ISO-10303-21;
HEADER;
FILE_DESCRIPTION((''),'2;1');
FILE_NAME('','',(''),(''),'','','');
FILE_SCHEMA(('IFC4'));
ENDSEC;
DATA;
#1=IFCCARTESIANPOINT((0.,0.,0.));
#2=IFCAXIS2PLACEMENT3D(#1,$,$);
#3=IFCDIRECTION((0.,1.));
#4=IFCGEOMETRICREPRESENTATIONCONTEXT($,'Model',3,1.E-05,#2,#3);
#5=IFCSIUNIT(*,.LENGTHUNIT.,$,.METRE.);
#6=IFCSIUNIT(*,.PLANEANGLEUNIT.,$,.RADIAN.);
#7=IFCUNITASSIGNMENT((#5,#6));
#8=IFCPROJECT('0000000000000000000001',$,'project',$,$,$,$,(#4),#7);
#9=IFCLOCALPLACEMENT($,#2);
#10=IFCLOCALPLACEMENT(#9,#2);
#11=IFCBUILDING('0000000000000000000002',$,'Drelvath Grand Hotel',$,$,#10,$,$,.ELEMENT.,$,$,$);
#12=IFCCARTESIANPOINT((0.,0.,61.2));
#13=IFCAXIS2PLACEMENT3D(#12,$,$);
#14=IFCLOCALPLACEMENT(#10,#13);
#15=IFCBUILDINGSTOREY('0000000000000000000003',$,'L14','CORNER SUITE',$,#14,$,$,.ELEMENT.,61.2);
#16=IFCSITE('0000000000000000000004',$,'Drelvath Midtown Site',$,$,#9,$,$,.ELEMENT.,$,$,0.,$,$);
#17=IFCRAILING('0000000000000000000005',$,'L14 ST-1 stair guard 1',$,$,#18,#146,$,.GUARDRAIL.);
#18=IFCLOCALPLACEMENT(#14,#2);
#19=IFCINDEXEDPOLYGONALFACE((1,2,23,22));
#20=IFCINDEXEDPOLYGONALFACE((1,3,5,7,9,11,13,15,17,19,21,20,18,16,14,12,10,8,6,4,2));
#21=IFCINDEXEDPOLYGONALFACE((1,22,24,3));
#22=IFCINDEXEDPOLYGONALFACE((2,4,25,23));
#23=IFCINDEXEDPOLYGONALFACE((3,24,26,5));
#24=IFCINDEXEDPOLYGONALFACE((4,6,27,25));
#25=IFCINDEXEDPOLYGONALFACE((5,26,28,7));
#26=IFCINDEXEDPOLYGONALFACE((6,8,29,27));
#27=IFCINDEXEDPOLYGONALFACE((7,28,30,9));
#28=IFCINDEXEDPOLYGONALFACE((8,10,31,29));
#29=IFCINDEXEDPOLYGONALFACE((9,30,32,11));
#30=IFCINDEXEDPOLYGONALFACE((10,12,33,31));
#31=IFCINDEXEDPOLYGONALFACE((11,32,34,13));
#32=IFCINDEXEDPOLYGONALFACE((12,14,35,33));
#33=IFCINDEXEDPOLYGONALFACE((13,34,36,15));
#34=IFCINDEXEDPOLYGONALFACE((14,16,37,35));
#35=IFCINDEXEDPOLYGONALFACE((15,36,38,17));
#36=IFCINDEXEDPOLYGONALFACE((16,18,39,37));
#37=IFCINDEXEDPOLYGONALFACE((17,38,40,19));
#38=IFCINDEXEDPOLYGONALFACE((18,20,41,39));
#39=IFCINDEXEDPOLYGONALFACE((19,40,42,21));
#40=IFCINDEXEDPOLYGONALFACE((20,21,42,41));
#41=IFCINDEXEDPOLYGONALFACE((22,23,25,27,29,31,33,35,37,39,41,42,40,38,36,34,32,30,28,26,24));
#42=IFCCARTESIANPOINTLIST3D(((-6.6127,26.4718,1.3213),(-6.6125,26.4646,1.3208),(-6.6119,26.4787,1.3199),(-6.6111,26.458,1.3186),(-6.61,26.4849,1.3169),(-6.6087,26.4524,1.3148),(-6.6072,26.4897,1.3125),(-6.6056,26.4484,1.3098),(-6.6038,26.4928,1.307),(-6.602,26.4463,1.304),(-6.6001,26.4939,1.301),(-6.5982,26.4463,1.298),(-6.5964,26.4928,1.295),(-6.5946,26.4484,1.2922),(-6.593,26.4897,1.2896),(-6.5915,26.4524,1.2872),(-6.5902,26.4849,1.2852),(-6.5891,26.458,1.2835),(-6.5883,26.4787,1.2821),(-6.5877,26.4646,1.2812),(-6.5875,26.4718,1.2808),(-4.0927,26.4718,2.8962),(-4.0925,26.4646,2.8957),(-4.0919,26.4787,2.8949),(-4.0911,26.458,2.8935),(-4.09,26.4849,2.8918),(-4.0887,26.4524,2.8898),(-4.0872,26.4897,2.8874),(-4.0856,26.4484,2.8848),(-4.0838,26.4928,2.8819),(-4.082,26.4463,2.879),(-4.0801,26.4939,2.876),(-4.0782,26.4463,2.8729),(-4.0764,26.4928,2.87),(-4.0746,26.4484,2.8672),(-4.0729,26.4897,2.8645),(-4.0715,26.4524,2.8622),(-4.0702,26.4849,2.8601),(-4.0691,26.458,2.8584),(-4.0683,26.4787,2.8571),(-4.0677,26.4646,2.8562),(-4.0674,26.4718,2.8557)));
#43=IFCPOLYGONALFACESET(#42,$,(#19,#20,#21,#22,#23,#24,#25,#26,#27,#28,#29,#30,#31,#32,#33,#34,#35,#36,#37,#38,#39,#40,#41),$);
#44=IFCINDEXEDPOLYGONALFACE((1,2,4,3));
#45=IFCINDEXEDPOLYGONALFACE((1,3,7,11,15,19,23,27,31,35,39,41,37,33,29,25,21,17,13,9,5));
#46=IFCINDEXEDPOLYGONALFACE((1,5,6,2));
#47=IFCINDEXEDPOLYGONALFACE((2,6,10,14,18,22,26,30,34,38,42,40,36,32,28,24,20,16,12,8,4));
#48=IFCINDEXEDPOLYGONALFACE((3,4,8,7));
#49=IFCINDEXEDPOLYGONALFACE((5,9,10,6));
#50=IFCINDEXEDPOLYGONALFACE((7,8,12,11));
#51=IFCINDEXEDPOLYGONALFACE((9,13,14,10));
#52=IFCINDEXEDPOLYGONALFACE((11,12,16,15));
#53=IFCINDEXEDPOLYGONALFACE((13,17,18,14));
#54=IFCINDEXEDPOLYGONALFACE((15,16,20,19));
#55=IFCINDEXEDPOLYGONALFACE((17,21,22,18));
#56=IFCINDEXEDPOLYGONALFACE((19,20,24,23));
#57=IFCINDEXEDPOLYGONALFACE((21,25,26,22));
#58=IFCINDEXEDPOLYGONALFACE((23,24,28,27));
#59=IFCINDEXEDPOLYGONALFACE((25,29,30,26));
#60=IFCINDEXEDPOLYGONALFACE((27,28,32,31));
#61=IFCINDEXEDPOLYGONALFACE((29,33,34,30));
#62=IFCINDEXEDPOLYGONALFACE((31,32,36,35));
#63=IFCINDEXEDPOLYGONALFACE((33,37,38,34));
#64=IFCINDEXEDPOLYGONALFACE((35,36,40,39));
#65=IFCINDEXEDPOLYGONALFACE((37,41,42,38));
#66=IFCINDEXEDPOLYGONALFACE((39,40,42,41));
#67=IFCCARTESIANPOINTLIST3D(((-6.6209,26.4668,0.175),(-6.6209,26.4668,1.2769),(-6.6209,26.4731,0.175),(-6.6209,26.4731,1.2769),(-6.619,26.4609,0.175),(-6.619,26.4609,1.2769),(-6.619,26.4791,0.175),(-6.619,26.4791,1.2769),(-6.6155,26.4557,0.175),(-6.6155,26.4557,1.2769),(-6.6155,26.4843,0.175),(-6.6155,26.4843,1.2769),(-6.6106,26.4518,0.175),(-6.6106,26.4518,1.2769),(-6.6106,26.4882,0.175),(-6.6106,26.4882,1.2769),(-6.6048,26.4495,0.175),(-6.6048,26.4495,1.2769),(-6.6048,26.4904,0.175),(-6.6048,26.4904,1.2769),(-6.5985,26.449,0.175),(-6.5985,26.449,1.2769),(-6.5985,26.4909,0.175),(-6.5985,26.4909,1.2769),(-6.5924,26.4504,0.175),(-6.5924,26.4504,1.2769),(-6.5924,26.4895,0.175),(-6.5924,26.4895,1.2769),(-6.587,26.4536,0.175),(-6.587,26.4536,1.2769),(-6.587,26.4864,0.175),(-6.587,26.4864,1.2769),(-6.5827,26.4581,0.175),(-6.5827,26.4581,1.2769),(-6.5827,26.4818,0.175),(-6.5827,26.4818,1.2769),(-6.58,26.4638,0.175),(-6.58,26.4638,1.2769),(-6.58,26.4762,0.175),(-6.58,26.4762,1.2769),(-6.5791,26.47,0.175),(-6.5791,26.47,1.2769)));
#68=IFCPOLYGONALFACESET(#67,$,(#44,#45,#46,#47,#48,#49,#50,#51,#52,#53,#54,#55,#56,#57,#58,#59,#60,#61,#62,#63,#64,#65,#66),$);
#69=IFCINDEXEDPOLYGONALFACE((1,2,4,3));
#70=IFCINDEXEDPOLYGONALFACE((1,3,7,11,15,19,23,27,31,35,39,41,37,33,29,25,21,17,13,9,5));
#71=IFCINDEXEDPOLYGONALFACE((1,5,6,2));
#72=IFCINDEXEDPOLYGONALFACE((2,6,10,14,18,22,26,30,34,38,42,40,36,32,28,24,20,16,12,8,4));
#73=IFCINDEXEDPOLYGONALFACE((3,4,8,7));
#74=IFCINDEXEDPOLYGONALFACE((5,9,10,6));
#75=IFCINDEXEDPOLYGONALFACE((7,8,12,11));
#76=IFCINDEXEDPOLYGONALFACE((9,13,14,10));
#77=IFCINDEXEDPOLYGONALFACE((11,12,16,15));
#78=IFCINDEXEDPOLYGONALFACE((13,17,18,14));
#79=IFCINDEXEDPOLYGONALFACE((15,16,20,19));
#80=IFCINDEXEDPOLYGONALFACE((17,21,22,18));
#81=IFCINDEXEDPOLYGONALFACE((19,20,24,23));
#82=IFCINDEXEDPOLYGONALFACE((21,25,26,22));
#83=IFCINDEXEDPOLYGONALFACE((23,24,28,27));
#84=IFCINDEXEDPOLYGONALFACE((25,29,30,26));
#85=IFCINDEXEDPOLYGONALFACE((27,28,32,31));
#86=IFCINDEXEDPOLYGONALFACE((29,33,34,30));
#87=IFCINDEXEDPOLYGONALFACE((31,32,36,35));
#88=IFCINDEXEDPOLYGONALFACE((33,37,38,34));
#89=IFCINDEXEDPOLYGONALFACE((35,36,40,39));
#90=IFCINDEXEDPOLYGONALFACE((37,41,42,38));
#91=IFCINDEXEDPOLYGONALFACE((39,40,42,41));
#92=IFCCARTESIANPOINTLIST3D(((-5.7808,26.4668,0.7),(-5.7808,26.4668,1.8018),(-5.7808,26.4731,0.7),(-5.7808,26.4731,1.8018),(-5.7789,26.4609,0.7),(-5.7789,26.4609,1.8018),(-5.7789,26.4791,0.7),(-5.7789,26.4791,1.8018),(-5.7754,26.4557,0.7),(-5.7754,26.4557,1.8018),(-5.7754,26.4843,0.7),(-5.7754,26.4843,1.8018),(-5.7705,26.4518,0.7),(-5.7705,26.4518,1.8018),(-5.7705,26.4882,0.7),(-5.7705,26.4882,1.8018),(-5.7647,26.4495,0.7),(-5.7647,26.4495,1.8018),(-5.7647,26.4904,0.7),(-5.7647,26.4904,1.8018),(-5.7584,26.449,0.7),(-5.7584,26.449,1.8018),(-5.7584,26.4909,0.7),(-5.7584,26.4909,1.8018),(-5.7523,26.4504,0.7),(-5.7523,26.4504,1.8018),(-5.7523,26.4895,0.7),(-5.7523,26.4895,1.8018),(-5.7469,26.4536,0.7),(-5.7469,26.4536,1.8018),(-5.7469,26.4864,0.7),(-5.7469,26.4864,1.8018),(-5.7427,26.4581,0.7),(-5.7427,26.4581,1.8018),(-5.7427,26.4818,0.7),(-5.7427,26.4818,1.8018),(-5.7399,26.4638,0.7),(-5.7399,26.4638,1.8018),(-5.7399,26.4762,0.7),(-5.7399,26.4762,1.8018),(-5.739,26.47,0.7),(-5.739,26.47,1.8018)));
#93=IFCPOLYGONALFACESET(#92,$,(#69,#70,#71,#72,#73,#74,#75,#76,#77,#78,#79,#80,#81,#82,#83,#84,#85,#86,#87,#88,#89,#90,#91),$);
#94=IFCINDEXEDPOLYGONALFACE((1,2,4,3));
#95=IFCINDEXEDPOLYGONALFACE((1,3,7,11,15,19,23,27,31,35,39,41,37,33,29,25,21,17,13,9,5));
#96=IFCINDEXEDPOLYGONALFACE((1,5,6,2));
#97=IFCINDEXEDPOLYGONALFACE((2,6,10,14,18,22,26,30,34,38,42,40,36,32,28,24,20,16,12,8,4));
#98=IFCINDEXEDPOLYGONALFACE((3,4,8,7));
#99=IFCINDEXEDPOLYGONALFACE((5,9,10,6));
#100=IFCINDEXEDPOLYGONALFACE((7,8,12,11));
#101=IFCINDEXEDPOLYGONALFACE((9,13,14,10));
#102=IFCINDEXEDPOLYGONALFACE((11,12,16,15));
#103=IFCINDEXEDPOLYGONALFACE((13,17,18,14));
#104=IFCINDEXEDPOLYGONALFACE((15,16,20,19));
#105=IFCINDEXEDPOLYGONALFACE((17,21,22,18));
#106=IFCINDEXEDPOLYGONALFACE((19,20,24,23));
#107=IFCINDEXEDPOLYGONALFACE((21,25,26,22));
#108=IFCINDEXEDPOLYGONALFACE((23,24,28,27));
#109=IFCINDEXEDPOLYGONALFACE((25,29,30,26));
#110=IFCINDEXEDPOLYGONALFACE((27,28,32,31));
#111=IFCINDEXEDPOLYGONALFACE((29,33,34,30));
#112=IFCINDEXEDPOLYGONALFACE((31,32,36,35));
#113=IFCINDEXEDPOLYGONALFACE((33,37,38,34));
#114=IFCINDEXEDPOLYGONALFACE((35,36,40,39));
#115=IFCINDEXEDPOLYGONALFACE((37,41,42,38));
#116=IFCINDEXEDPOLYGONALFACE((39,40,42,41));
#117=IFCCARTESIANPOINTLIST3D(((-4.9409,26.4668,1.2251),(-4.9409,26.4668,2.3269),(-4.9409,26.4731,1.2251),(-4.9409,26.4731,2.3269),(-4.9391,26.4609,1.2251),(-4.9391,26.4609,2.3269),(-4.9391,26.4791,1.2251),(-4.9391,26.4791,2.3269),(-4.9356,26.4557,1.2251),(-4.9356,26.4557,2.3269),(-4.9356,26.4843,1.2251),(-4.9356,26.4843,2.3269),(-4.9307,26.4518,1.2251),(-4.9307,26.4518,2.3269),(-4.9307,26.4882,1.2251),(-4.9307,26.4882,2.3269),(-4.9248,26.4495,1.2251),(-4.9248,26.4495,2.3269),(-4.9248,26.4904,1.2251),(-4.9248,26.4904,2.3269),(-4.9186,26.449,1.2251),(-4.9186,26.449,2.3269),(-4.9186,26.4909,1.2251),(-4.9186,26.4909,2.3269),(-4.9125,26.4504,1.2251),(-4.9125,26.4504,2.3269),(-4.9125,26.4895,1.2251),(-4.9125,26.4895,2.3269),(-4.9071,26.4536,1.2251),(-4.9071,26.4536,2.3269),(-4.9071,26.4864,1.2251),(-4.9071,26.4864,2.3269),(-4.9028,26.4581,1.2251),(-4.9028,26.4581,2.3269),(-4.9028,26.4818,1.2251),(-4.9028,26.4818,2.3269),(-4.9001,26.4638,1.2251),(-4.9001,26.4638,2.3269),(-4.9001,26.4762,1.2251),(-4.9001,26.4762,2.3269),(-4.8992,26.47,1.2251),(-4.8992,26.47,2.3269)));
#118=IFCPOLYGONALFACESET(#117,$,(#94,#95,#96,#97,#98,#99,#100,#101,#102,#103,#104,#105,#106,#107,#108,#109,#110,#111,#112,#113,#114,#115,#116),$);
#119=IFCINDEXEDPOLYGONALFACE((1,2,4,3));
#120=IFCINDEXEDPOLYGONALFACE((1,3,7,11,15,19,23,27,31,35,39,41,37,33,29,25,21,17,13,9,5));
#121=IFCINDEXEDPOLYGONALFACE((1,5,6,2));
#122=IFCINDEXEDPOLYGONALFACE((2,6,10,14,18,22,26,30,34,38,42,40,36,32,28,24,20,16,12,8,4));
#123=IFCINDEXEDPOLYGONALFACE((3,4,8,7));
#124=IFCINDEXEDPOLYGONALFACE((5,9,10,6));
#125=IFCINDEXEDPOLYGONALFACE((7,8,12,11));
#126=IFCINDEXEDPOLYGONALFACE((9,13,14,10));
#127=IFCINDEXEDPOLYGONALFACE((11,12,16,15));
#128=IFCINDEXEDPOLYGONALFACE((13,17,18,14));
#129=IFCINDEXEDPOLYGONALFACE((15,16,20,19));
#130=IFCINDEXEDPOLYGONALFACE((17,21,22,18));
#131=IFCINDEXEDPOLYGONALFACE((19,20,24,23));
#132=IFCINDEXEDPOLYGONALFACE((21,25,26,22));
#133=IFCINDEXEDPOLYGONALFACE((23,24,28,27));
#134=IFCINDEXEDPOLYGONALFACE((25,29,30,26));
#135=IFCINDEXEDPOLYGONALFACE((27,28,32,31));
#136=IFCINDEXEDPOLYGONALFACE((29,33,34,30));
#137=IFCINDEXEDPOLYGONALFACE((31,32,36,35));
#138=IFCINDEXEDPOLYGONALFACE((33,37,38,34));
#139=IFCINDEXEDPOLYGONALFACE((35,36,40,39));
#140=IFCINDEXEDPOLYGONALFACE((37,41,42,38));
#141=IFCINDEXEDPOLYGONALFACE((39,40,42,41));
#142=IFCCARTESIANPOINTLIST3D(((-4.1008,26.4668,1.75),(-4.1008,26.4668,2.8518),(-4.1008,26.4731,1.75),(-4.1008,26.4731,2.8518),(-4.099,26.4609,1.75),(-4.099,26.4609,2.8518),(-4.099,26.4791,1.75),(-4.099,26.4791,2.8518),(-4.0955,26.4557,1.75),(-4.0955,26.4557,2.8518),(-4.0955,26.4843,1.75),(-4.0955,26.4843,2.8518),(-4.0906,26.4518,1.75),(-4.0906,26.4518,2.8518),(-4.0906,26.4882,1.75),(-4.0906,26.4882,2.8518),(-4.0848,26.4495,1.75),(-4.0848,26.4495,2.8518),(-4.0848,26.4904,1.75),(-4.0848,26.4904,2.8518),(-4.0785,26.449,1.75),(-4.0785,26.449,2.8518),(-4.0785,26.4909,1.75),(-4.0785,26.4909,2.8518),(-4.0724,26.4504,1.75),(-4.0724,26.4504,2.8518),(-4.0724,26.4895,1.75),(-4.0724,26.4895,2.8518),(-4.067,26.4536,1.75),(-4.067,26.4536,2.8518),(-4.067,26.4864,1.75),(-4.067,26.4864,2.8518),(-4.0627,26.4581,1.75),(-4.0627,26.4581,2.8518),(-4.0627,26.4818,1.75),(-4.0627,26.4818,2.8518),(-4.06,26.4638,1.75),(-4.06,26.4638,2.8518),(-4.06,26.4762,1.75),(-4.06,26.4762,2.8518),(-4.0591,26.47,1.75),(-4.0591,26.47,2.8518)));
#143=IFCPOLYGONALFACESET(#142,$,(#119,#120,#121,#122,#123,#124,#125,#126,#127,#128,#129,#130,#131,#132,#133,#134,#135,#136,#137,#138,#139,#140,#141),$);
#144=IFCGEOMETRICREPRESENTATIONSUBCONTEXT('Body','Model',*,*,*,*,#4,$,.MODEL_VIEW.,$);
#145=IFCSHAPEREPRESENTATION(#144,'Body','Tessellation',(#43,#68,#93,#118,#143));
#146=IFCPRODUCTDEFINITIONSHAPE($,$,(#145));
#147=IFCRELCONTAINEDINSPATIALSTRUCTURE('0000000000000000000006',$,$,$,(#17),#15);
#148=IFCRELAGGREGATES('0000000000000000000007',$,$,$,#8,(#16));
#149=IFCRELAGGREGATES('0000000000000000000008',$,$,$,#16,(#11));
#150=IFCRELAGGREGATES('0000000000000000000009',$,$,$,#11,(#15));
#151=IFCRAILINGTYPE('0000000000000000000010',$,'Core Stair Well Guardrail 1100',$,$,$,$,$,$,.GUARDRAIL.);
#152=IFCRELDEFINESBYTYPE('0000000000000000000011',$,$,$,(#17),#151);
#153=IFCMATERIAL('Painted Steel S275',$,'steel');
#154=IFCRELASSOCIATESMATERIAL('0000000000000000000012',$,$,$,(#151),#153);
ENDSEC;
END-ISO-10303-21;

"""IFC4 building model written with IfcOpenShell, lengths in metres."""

from ifc_helpers import new_model, si_unit, direction, frame, origin, origin_2d, place, context, subcontext, project, spatial, circle, extrude, material, type_object, element, save


model = new_model("IFC4")

# Units and contexts
model_context = context("Model", 3, precision=1e-05, world=origin(), true_north=direction((0.0, 1.0)))
body_context = subcontext(model_context, "Body", "Model", "MODEL_VIEW")
ifc_project = project(units=[si_unit("LENGTHUNIT", "METRE"), si_unit("PLANEANGLEUNIT", "RADIAN")], contexts=[model_context])

# Site, building, storey
site_placement = place(None, origin())
site = spatial("IfcSite", under=ifc_project, at=site_placement, Name="Drelvath Midtown Site", CompositionType="ELEMENT", RefElevation=0.0)
building_placement = place(site_placement, origin())
building = spatial("IfcBuilding", under=site, at=building_placement, Name="Drelvath Grand Hotel", CompositionType="ELEMENT")
storey_placement = place(building_placement, frame((0.0, 0.0, 61.2)))
storey = spatial("IfcBuildingStorey", under=building, at=storey_placement, Name="L14", Description="CORNER SUITE", CompositionType="ELEMENT", Elevation=61.2)

# Shared definitions
ifc_material_1 = material(Name="Painted Steel S275", Category="steel")

# Railing
railing_type_1 = type_object("IfcRailingType", Name="Core Stair Well Guardrail 1100", PredefinedType="GUARDRAIL", material=ifc_material_1)
railing_1_placement = place(storey_placement, frame((-6.6001, 26.47, 0.175)))
element("IfcRailing", 1, at=railing_1_placement, inside=storey, type_object=railing_type_1, Name="L14 ST-1 stair guard 1", PredefinedType="GUARDRAIL", context=body_context, shape_type="SweptSolid", body=[
    extrude(circle(Radius=0.0239, at=origin_2d()), frame((0.0, 0.0, 1.126), z_axis=(0.848008, 0.0, 0.529984), x_axis=(0.0, 1.0, 0.0)), (0.0, 0.0, 1.0), 2.9717),
    extrude(circle(Radius=0.021, at=origin_2d()), origin(), (0.0, 0.0, 1.0), 1.1018),
    extrude(circle(Radius=0.021, at=origin_2d()), frame((0.8401, 0.0, 0.5249)), (0.0, 0.0, 1.0), 1.1018),
    extrude(circle(Radius=0.021, at=origin_2d()), frame((1.6799, 0.0, 1.05)), (0.0, 0.0, 1.0), 1.1018),
    extrude(circle(Radius=0.021, at=origin_2d()), frame((2.52, 0.0, 1.575)), (0.0, 0.0, 1.0), 1.1018),
])

save(model, "model.ifc")
